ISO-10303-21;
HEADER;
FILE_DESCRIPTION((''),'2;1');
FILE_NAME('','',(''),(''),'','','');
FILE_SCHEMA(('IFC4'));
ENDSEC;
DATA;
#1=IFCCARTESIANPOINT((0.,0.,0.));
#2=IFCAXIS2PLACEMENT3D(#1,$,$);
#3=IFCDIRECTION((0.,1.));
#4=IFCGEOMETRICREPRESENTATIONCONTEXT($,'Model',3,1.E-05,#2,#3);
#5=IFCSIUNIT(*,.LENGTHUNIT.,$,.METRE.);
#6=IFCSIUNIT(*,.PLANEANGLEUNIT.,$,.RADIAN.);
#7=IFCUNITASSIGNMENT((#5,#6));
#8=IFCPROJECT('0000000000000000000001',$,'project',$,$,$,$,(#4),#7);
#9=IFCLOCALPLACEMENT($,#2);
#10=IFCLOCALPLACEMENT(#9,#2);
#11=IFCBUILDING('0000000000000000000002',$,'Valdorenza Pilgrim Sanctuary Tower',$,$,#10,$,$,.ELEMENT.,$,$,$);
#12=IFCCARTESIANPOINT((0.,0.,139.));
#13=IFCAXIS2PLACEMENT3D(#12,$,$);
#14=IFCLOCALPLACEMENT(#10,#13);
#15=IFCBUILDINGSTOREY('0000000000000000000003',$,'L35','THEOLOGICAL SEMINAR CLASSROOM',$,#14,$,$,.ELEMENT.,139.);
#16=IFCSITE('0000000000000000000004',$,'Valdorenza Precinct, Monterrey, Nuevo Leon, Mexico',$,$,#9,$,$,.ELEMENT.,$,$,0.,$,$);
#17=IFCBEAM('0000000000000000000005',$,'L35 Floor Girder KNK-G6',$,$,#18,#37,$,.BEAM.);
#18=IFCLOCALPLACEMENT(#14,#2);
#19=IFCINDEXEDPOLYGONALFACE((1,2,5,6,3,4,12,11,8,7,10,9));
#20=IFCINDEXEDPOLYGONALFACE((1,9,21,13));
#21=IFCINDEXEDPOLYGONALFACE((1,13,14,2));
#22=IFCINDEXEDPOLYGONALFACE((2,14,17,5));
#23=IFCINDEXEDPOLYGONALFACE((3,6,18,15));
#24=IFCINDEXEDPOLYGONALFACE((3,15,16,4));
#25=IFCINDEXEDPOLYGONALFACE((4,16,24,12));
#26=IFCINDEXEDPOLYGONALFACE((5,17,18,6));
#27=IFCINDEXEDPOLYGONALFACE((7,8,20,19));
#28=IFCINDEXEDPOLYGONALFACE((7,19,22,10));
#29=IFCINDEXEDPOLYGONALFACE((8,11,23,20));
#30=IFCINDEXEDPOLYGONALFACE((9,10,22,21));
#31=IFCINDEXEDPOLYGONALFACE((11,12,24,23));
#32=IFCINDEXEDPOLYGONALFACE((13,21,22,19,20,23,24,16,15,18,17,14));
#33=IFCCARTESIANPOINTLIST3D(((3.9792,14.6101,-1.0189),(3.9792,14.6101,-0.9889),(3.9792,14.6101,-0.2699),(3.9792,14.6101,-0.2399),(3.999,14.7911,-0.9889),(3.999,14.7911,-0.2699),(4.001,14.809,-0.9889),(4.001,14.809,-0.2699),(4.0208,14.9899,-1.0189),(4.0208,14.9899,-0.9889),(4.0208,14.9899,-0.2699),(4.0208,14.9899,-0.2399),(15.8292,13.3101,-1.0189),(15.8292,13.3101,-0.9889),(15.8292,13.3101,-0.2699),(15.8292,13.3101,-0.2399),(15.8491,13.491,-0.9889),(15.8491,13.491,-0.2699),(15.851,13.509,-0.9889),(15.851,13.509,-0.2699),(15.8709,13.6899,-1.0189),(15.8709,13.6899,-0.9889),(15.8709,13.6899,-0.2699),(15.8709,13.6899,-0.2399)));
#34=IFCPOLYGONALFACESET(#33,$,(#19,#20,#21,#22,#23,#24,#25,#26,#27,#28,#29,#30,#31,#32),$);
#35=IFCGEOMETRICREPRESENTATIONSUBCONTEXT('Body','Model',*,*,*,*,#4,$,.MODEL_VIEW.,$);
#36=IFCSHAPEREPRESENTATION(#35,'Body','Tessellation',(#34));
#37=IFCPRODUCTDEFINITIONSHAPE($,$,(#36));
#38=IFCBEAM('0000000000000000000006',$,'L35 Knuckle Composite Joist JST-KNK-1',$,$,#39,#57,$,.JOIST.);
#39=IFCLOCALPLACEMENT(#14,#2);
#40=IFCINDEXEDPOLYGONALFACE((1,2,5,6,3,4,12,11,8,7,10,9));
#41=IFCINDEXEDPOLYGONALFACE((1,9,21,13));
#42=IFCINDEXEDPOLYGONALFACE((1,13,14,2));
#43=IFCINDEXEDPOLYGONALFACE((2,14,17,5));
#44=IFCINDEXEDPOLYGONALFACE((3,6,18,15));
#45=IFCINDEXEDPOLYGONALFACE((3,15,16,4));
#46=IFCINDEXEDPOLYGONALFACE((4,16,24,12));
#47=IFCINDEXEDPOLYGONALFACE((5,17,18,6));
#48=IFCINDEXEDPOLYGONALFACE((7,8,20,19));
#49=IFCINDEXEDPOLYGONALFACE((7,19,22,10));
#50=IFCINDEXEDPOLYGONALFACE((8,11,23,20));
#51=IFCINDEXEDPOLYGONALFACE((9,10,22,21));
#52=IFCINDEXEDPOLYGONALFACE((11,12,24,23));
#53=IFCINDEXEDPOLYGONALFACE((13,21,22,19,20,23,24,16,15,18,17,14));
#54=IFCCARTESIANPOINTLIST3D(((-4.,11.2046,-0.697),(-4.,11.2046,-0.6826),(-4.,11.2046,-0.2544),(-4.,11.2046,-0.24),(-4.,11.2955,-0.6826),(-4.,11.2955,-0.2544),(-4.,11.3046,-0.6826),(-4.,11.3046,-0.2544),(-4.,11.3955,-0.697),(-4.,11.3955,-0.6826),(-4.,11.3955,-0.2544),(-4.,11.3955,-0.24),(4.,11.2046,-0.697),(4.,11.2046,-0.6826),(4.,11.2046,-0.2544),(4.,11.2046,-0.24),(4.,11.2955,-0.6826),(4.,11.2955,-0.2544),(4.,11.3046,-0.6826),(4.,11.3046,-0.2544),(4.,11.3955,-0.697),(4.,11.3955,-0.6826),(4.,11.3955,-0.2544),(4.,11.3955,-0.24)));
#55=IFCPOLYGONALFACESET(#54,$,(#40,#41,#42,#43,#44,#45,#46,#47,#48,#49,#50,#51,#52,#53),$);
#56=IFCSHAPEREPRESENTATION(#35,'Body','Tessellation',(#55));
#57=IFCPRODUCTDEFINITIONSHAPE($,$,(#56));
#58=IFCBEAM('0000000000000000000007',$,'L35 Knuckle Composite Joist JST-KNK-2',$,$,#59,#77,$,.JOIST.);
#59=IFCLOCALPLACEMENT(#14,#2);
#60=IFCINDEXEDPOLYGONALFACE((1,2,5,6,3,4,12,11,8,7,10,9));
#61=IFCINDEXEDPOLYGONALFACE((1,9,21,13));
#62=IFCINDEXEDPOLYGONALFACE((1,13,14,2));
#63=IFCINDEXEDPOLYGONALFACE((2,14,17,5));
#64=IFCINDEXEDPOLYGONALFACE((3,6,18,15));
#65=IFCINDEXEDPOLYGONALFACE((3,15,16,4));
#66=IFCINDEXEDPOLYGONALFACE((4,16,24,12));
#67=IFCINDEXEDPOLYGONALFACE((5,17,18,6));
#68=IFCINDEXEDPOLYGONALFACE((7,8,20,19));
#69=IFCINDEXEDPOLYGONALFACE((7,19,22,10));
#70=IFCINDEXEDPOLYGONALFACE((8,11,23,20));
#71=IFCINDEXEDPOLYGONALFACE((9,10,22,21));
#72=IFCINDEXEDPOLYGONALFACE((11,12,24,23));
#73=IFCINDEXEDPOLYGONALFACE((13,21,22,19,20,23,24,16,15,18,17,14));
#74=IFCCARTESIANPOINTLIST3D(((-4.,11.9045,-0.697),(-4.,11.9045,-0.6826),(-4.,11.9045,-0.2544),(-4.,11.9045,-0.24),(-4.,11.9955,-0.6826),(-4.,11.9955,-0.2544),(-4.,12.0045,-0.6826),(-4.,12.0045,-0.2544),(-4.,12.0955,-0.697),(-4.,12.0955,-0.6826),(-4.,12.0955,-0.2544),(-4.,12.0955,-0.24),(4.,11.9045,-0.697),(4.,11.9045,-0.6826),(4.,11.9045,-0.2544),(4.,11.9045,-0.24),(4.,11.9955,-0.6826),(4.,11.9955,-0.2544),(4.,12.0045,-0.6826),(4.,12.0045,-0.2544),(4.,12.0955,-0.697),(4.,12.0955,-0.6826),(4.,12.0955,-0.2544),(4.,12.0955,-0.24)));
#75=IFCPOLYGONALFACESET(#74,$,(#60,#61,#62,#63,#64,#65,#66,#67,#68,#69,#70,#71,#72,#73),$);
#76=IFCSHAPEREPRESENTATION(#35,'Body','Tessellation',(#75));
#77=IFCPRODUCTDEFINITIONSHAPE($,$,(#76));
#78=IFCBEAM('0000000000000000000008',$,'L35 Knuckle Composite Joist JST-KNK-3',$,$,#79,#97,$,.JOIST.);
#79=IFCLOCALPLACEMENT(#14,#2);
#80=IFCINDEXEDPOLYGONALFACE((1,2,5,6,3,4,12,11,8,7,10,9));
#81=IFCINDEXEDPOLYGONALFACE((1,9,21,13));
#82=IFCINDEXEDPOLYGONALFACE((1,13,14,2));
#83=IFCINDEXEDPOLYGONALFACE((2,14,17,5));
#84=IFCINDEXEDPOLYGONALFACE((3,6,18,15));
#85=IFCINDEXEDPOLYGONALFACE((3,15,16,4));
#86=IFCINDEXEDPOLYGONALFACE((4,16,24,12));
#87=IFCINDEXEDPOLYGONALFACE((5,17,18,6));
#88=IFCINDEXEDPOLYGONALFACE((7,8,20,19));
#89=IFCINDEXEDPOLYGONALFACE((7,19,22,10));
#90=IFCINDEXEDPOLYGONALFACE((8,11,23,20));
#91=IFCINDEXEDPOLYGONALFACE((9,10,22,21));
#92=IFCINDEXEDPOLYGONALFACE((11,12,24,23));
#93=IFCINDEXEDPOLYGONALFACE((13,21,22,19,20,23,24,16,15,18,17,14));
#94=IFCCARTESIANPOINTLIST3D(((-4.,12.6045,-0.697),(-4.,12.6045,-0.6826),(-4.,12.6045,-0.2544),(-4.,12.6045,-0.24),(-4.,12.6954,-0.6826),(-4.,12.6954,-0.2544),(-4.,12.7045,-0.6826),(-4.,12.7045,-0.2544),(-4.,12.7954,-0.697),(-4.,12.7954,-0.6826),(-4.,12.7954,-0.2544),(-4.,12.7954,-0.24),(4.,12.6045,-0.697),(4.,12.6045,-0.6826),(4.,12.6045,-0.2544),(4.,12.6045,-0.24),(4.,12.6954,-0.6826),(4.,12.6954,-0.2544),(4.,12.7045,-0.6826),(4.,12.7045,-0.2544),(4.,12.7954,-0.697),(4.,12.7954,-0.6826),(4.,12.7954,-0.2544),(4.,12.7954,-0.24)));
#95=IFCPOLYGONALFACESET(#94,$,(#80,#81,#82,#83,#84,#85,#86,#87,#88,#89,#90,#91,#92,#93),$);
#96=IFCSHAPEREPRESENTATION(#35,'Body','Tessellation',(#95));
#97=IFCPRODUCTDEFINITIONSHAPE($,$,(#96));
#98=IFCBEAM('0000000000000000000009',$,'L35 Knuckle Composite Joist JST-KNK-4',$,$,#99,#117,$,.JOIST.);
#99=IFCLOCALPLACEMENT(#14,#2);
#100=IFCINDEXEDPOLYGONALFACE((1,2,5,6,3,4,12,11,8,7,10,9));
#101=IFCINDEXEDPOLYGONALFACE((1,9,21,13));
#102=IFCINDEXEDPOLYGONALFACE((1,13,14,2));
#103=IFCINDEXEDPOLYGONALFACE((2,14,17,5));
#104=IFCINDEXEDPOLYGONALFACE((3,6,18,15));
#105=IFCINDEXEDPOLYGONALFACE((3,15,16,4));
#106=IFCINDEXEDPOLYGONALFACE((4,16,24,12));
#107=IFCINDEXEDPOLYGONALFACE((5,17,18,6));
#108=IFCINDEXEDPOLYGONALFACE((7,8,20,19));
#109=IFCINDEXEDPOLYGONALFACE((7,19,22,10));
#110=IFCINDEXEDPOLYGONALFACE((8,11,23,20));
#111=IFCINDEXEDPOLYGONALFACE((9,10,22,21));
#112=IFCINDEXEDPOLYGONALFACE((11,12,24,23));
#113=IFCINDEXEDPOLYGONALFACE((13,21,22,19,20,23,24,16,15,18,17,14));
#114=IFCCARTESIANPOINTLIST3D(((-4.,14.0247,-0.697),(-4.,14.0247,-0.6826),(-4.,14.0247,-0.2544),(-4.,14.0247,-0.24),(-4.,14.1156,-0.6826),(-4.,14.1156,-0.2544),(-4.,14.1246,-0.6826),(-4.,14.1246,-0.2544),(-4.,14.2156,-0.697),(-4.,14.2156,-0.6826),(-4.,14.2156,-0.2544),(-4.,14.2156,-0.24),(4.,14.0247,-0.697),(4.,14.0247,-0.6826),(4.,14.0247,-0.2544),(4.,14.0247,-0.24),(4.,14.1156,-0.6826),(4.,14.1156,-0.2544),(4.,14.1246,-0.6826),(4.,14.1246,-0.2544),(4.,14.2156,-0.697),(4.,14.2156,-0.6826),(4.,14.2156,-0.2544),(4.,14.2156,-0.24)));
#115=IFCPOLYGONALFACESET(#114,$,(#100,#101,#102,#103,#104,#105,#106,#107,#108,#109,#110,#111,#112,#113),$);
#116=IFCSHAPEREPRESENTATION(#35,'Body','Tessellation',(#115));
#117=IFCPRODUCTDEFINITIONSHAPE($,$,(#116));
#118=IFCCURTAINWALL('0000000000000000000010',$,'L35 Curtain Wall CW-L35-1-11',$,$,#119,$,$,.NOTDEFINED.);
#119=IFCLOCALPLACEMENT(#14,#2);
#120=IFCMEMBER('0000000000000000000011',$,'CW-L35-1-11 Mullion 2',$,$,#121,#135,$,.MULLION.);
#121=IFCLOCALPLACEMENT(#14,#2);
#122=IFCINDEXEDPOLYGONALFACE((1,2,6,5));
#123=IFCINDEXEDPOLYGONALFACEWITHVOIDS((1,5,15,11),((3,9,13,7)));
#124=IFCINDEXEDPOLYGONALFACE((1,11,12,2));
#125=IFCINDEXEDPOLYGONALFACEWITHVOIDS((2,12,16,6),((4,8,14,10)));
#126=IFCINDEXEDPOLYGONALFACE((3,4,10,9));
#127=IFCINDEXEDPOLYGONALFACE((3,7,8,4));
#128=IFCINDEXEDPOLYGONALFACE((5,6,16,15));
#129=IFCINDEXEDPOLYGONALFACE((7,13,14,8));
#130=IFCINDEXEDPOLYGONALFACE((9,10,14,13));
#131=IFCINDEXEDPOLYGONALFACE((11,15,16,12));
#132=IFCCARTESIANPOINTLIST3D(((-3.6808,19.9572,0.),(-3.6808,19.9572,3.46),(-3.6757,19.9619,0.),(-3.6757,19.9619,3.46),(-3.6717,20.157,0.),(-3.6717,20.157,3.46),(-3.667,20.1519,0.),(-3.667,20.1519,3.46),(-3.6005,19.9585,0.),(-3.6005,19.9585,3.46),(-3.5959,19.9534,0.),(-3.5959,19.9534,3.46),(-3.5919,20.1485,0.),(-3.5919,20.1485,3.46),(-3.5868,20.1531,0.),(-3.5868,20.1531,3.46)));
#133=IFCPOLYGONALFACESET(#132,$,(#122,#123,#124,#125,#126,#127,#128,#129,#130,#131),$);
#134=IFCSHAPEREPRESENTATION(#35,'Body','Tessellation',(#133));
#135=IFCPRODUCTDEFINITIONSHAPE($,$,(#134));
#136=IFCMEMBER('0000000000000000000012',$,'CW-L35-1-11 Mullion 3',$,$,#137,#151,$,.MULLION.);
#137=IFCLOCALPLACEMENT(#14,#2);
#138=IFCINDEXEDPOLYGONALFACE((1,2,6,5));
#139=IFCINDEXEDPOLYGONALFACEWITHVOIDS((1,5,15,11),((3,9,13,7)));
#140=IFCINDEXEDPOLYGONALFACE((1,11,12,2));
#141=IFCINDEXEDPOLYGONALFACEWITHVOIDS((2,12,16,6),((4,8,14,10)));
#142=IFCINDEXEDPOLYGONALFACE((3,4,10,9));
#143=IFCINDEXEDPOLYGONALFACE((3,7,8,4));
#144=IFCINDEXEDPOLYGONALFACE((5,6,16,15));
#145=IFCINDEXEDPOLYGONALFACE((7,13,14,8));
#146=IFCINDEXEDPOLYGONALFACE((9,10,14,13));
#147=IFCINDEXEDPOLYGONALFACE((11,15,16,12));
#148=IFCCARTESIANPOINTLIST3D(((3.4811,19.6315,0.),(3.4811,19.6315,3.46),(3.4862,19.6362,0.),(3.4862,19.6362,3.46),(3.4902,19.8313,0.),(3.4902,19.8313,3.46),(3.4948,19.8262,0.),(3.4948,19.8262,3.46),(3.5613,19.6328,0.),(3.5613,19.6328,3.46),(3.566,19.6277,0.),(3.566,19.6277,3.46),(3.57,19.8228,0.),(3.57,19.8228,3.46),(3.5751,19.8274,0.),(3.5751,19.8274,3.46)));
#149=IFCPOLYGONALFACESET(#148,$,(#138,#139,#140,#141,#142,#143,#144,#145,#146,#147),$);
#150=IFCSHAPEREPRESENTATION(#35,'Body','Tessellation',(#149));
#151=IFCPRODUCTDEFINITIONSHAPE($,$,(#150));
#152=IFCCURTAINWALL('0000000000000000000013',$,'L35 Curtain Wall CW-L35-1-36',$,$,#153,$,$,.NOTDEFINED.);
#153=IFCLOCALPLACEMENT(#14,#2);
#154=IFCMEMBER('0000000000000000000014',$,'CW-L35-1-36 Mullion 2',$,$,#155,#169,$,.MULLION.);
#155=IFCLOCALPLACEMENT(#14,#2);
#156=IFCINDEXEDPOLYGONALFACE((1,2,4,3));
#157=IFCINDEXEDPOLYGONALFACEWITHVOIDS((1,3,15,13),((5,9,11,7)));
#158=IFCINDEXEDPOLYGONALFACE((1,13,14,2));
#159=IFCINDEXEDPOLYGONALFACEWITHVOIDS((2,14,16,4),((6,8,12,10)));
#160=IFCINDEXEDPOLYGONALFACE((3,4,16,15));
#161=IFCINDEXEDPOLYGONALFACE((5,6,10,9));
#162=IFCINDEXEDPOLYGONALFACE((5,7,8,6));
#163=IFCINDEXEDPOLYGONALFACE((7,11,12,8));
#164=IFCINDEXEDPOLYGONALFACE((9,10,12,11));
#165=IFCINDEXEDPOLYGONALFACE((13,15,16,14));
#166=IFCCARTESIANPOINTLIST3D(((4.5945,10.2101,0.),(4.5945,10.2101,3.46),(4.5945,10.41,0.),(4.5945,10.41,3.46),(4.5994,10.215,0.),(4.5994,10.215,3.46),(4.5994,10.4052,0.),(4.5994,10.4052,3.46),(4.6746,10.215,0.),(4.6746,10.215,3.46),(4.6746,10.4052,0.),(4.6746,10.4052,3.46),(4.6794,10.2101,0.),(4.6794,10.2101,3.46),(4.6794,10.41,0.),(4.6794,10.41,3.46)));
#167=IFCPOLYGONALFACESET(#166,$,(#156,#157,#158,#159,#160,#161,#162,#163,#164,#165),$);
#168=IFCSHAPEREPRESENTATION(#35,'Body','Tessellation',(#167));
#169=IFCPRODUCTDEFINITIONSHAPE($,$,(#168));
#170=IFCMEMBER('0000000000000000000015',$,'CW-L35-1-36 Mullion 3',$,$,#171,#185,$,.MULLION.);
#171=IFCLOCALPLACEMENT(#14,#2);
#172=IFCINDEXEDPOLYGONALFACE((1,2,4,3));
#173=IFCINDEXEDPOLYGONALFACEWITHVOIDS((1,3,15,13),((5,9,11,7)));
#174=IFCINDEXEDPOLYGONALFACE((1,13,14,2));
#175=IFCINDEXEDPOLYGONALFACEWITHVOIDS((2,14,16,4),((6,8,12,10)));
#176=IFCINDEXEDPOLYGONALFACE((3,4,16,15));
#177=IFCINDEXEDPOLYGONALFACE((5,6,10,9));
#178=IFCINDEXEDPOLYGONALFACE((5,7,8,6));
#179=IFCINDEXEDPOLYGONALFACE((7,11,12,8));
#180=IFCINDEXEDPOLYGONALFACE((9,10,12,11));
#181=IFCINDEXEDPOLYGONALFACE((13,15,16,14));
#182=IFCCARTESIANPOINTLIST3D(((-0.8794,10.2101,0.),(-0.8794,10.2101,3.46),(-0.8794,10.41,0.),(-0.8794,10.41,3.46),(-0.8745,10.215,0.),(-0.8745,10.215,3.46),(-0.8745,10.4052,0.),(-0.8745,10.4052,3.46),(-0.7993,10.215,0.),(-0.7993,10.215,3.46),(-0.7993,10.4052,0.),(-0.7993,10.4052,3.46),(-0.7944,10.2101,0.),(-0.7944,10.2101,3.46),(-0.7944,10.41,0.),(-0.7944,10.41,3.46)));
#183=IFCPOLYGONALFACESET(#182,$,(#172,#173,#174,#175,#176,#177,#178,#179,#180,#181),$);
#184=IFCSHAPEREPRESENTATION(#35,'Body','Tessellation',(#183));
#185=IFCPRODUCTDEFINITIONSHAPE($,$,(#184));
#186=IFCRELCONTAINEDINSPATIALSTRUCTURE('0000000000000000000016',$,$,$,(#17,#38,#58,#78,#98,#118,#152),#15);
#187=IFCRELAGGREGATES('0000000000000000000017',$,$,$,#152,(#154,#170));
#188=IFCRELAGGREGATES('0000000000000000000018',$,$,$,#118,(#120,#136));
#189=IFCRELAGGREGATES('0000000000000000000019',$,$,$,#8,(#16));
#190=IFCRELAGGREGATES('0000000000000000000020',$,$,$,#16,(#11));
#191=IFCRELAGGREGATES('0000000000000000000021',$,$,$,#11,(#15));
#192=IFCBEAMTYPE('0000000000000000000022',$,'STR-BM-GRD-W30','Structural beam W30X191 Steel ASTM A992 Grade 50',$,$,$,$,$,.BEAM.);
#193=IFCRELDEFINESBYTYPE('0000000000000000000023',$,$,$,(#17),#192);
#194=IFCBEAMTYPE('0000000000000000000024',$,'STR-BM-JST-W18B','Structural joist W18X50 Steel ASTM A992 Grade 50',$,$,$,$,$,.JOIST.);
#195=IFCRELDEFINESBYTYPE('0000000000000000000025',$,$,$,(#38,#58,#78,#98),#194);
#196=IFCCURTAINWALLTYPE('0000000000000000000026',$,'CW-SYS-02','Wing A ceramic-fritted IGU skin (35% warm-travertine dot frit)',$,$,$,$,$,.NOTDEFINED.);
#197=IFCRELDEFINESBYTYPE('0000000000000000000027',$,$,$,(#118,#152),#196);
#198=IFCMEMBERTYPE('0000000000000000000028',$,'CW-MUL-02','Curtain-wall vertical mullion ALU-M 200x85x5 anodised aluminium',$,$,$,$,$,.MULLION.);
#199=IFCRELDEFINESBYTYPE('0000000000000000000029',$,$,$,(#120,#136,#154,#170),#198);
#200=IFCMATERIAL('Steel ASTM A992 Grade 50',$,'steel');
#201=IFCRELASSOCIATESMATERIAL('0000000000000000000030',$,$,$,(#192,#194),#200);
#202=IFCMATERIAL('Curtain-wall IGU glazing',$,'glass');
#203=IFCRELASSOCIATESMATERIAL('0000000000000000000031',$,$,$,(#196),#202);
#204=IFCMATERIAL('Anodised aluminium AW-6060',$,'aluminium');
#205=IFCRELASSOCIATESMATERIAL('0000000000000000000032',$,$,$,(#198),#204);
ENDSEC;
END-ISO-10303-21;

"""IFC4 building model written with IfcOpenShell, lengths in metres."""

from ifc_helpers import new_model, si_unit, direction, frame, origin, origin_2d, place, context, subcontext, project, spatial, hollow_rectangle, i_section, extrude, source, transform, mapped, material, material_profile, profile_set, type_object, element, aggregate, save


model = new_model("IFC4")

# Units and contexts
model_context = context("Model", 3, precision=1e-05, world=origin(), true_north=direction((0.0, 1.0)))
body_context = subcontext(model_context, "Body", "Model", "MODEL_VIEW")
ifc_project = project(units=[si_unit("LENGTHUNIT", "METRE"), si_unit("PLANEANGLEUNIT", "RADIAN")], contexts=[model_context])

# Site, building, storey
site_placement = place(None, origin())
site = spatial("IfcSite", under=ifc_project, at=site_placement, Name="Valdorenza Precinct, Monterrey, Nuevo Leon, Mexico", CompositionType="ELEMENT", RefElevation=0.0)
building_placement = place(site_placement, origin())
building = spatial("IfcBuilding", under=site, at=building_placement, Name="Valdorenza Pilgrim Sanctuary Tower", CompositionType="ELEMENT")
storey_placement = place(building_placement, frame((0.0, 0.0, 139.0)))
storey = spatial("IfcBuildingStorey", under=building, at=storey_placement, Name="L35", Description="THEOLOGICAL SEMINAR CLASSROOM", CompositionType="ELEMENT", Elevation=139.0)

# Shared definitions
ifc_material_1 = material(Name="Steel ASTM A992 Grade 50", Category="steel")

# Beams
ifc_material_profile_1 = material_profile(ifc_material_1, i_section(OverallWidth=0.3821, OverallDepth=0.7791, WebThickness=0.0181, FlangeThickness=0.03, at=origin_2d()), Name="W30X191")
ifc_profile_set_1 = profile_set([ifc_material_profile_1], Name="Steel ASTM A992 Grade 50")
beam_type_1 = type_object("IfcBeamType", Name="STR-BM-GRD-W30", Description="Structural beam W30X191 Steel ASTM A992 Grade 50", PredefinedType="BEAM", material=ifc_profile_set_1)
shared_shape_1 = source(origin(), body_context, "Body", "SweptSolid", [
    extrude(i_section(OverallWidth=0.3821, OverallDepth=0.7791, WebThickness=0.0181, FlangeThickness=0.03, at=origin_2d()), origin(), (0.0, 0.0, 1.0), 11.9211),
])
beam_1_placement = place(storey_placement, frame((4.0, 14.8, -0.6294), z_axis=(0.994036, -0.109054, 0.0), x_axis=(0.109054, 0.994036, 0.0)))
element("IfcBeam", 1, at=beam_1_placement, inside=storey, type_object=beam_type_1, Name="L35 Floor Girder KNK-G6", PredefinedType="BEAM", context=body_context, shape_type="MappedRepresentation", body=[
    mapped(shared_shape_1, transform((0.0, 0.0, 0.0), x_axis=(1.0, 0.0, 0.0), y_axis=(0.0, 1.0, 0.0), z_axis=(0.0, 0.0, 1.0), scale=1.0)),
])
ifc_material_profile_2 = material_profile(ifc_material_1, i_section(OverallWidth=0.1909, OverallDepth=0.457, WebThickness=0.009, FlangeThickness=0.0144, at=origin_2d()), Name="W18X50")
ifc_profile_set_2 = profile_set([ifc_material_profile_2], Name="Steel ASTM A992 Grade 50")
beam_type_2 = type_object("IfcBeamType", Name="STR-BM-JST-W18B", Description="Structural joist W18X50 Steel ASTM A992 Grade 50", PredefinedType="JOIST", material=ifc_profile_set_2)
shared_shape_2 = source(origin(), body_context, "Body", "SweptSolid", [
    extrude(i_section(OverallWidth=0.1909, OverallDepth=0.457, WebThickness=0.009, FlangeThickness=0.0144, at=origin_2d()), origin(), (0.0, 0.0, 1.0), 8.0),
])
for number, where, z_axis, x_axis, name in (
    (2, (-4.0, 11.3, -0.4685), (1.0, 0.0, 0.0), (0.0, 1.0, 0.0), "L35 Knuckle Composite Joist JST-KNK-1"),
    (3, (-4.0, 12.0, -0.4685), (1.0, 0.0, 0.0), (0.0, 1.0, 0.0), "L35 Knuckle Composite Joist JST-KNK-2"),
    (4, (-4.0, 12.7, -0.4685), (1.0, 0.0, 0.0), (0.0, 1.0, 0.0), "L35 Knuckle Composite Joist JST-KNK-3"),
    (5, (-4.0, 14.1201, -0.4685), (1.0, 0.0, 0.0), (0.0, 1.0, 0.0), "L35 Knuckle Composite Joist JST-KNK-4"),
):
    element("IfcBeam", number, at=place(storey_placement, frame(where, z_axis=z_axis, x_axis=x_axis)), inside=storey, type_object=beam_type_2, Name=name, PredefinedType="JOIST", context=body_context, shape_type="MappedRepresentation", body=[
        mapped(shared_shape_2, transform((0.0, 0.0, 0.0), x_axis=(1.0, 0.0, 0.0), y_axis=(0.0, 1.0, 0.0), z_axis=(0.0, 0.0, 1.0), scale=1.0)),
    ])

# Curtain wall, members
ifc_material_2 = material(Name="Curtain-wall IGU glazing", Category="glass")
curtain_wall_type = type_object("IfcCurtainWallType", Name="CW-SYS-02", Description="Wing A ceramic-fritted IGU skin (35% warm-travertine dot frit)", PredefinedType="NOTDEFINED", material=ifc_material_2)
curtain_wall_1_placement = place(storey_placement, origin())
curtain_wall_1 = element("IfcCurtainWall", 6, at=curtain_wall_1_placement, inside=storey, type_object=curtain_wall_type, Name="L35 Curtain Wall CW-L35-1-11", PredefinedType="NOTDEFINED")
ifc_material_3 = material(Name="Anodised aluminium AW-6060", Category="aluminium")
ifc_material_profile_3 = material_profile(ifc_material_3, hollow_rectangle(XDim=0.085, YDim=0.2, WallThickness=0.0049, at=origin_2d()), Name="ALU-M 200x85x5")
ifc_profile_set_3 = profile_set([ifc_material_profile_3], Name="Anodised aluminium AW-6060")
member_type = type_object("IfcMemberType", Name="CW-MUL-02", Description="Curtain-wall vertical mullion ALU-M 200x85x5 anodised aluminium", PredefinedType="MULLION", material=ifc_profile_set_3)
shared_shape_3 = source(origin(), body_context, "Body", "SweptSolid", [
    extrude(hollow_rectangle(XDim=0.085, YDim=0.2, WallThickness=0.0049, at=origin_2d()), origin(), (0.0, 0.0, 1.0), 3.46),
])
member_1_placement = place(storey_placement, frame((-3.6338, 20.0552, 0.0), z_axis=(0.0, 0.0, 1.0), x_axis=(0.998968, -0.045415, 0.0)))
member_1 = element("IfcMember", 7, at=member_1_placement, type_object=member_type, Name="CW-L35-1-11 Mullion 2", PredefinedType="MULLION", context=body_context, shape_type="MappedRepresentation", body=[
    mapped(shared_shape_3, transform((0.0, 0.0, 0.0), x_axis=(1.0, 0.0, 0.0), y_axis=(0.0, 1.0, 0.0), z_axis=(0.0, 0.0, 1.0), scale=1.0)),
])
member_2_placement = place(storey_placement, frame((3.5281, 19.7295, 0.0), z_axis=(0.0, 0.0, 1.0), x_axis=(0.998968, -0.045415, 0.0)))
member_2 = element("IfcMember", 8, at=member_2_placement, type_object=member_type, Name="CW-L35-1-11 Mullion 3", PredefinedType="MULLION", context=body_context, shape_type="MappedRepresentation", body=[
    mapped(shared_shape_3, transform((0.0, 0.0, 0.0), x_axis=(1.0, 0.0, 0.0), y_axis=(0.0, 1.0, 0.0), z_axis=(0.0, 0.0, 1.0), scale=1.0)),
])

# Curtain wall, members
curtain_wall_2_placement = place(storey_placement, origin())
curtain_wall_2 = element("IfcCurtainWall", 9, at=curtain_wall_2_placement, inside=storey, type_object=curtain_wall_type, Name="L35 Curtain Wall CW-L35-1-36", PredefinedType="NOTDEFINED")
member_3_placement = place(storey_placement, frame((4.637, 10.3101, 0.0), z_axis=(0.0, 0.0, 1.0), x_axis=(-1.0, 0.0, 0.0)))
member_3 = element("IfcMember", 10, at=member_3_placement, type_object=member_type, Name="CW-L35-1-36 Mullion 2", PredefinedType="MULLION", context=body_context, shape_type="MappedRepresentation", body=[
    mapped(shared_shape_3, transform((0.0, 0.0, 0.0), x_axis=(1.0, 0.0, 0.0), y_axis=(0.0, 1.0, 0.0), z_axis=(0.0, 0.0, 1.0), scale=1.0)),
])
member_4_placement = place(storey_placement, frame((-0.8369, 10.3101, 0.0), z_axis=(0.0, 0.0, 1.0), x_axis=(-1.0, 0.0, 0.0)))
member_4 = element("IfcMember", 11, at=member_4_placement, type_object=member_type, Name="CW-L35-1-36 Mullion 3", PredefinedType="MULLION", context=body_context, shape_type="MappedRepresentation", body=[
    mapped(shared_shape_3, transform((0.0, 0.0, 0.0), x_axis=(1.0, 0.0, 0.0), y_axis=(0.0, 1.0, 0.0), z_axis=(0.0, 0.0, 1.0), scale=1.0)),
])
aggregate(curtain_wall_2, [member_3, member_4])

aggregate(curtain_wall_1, [member_1, member_2])

save(model, "model.ifc")
